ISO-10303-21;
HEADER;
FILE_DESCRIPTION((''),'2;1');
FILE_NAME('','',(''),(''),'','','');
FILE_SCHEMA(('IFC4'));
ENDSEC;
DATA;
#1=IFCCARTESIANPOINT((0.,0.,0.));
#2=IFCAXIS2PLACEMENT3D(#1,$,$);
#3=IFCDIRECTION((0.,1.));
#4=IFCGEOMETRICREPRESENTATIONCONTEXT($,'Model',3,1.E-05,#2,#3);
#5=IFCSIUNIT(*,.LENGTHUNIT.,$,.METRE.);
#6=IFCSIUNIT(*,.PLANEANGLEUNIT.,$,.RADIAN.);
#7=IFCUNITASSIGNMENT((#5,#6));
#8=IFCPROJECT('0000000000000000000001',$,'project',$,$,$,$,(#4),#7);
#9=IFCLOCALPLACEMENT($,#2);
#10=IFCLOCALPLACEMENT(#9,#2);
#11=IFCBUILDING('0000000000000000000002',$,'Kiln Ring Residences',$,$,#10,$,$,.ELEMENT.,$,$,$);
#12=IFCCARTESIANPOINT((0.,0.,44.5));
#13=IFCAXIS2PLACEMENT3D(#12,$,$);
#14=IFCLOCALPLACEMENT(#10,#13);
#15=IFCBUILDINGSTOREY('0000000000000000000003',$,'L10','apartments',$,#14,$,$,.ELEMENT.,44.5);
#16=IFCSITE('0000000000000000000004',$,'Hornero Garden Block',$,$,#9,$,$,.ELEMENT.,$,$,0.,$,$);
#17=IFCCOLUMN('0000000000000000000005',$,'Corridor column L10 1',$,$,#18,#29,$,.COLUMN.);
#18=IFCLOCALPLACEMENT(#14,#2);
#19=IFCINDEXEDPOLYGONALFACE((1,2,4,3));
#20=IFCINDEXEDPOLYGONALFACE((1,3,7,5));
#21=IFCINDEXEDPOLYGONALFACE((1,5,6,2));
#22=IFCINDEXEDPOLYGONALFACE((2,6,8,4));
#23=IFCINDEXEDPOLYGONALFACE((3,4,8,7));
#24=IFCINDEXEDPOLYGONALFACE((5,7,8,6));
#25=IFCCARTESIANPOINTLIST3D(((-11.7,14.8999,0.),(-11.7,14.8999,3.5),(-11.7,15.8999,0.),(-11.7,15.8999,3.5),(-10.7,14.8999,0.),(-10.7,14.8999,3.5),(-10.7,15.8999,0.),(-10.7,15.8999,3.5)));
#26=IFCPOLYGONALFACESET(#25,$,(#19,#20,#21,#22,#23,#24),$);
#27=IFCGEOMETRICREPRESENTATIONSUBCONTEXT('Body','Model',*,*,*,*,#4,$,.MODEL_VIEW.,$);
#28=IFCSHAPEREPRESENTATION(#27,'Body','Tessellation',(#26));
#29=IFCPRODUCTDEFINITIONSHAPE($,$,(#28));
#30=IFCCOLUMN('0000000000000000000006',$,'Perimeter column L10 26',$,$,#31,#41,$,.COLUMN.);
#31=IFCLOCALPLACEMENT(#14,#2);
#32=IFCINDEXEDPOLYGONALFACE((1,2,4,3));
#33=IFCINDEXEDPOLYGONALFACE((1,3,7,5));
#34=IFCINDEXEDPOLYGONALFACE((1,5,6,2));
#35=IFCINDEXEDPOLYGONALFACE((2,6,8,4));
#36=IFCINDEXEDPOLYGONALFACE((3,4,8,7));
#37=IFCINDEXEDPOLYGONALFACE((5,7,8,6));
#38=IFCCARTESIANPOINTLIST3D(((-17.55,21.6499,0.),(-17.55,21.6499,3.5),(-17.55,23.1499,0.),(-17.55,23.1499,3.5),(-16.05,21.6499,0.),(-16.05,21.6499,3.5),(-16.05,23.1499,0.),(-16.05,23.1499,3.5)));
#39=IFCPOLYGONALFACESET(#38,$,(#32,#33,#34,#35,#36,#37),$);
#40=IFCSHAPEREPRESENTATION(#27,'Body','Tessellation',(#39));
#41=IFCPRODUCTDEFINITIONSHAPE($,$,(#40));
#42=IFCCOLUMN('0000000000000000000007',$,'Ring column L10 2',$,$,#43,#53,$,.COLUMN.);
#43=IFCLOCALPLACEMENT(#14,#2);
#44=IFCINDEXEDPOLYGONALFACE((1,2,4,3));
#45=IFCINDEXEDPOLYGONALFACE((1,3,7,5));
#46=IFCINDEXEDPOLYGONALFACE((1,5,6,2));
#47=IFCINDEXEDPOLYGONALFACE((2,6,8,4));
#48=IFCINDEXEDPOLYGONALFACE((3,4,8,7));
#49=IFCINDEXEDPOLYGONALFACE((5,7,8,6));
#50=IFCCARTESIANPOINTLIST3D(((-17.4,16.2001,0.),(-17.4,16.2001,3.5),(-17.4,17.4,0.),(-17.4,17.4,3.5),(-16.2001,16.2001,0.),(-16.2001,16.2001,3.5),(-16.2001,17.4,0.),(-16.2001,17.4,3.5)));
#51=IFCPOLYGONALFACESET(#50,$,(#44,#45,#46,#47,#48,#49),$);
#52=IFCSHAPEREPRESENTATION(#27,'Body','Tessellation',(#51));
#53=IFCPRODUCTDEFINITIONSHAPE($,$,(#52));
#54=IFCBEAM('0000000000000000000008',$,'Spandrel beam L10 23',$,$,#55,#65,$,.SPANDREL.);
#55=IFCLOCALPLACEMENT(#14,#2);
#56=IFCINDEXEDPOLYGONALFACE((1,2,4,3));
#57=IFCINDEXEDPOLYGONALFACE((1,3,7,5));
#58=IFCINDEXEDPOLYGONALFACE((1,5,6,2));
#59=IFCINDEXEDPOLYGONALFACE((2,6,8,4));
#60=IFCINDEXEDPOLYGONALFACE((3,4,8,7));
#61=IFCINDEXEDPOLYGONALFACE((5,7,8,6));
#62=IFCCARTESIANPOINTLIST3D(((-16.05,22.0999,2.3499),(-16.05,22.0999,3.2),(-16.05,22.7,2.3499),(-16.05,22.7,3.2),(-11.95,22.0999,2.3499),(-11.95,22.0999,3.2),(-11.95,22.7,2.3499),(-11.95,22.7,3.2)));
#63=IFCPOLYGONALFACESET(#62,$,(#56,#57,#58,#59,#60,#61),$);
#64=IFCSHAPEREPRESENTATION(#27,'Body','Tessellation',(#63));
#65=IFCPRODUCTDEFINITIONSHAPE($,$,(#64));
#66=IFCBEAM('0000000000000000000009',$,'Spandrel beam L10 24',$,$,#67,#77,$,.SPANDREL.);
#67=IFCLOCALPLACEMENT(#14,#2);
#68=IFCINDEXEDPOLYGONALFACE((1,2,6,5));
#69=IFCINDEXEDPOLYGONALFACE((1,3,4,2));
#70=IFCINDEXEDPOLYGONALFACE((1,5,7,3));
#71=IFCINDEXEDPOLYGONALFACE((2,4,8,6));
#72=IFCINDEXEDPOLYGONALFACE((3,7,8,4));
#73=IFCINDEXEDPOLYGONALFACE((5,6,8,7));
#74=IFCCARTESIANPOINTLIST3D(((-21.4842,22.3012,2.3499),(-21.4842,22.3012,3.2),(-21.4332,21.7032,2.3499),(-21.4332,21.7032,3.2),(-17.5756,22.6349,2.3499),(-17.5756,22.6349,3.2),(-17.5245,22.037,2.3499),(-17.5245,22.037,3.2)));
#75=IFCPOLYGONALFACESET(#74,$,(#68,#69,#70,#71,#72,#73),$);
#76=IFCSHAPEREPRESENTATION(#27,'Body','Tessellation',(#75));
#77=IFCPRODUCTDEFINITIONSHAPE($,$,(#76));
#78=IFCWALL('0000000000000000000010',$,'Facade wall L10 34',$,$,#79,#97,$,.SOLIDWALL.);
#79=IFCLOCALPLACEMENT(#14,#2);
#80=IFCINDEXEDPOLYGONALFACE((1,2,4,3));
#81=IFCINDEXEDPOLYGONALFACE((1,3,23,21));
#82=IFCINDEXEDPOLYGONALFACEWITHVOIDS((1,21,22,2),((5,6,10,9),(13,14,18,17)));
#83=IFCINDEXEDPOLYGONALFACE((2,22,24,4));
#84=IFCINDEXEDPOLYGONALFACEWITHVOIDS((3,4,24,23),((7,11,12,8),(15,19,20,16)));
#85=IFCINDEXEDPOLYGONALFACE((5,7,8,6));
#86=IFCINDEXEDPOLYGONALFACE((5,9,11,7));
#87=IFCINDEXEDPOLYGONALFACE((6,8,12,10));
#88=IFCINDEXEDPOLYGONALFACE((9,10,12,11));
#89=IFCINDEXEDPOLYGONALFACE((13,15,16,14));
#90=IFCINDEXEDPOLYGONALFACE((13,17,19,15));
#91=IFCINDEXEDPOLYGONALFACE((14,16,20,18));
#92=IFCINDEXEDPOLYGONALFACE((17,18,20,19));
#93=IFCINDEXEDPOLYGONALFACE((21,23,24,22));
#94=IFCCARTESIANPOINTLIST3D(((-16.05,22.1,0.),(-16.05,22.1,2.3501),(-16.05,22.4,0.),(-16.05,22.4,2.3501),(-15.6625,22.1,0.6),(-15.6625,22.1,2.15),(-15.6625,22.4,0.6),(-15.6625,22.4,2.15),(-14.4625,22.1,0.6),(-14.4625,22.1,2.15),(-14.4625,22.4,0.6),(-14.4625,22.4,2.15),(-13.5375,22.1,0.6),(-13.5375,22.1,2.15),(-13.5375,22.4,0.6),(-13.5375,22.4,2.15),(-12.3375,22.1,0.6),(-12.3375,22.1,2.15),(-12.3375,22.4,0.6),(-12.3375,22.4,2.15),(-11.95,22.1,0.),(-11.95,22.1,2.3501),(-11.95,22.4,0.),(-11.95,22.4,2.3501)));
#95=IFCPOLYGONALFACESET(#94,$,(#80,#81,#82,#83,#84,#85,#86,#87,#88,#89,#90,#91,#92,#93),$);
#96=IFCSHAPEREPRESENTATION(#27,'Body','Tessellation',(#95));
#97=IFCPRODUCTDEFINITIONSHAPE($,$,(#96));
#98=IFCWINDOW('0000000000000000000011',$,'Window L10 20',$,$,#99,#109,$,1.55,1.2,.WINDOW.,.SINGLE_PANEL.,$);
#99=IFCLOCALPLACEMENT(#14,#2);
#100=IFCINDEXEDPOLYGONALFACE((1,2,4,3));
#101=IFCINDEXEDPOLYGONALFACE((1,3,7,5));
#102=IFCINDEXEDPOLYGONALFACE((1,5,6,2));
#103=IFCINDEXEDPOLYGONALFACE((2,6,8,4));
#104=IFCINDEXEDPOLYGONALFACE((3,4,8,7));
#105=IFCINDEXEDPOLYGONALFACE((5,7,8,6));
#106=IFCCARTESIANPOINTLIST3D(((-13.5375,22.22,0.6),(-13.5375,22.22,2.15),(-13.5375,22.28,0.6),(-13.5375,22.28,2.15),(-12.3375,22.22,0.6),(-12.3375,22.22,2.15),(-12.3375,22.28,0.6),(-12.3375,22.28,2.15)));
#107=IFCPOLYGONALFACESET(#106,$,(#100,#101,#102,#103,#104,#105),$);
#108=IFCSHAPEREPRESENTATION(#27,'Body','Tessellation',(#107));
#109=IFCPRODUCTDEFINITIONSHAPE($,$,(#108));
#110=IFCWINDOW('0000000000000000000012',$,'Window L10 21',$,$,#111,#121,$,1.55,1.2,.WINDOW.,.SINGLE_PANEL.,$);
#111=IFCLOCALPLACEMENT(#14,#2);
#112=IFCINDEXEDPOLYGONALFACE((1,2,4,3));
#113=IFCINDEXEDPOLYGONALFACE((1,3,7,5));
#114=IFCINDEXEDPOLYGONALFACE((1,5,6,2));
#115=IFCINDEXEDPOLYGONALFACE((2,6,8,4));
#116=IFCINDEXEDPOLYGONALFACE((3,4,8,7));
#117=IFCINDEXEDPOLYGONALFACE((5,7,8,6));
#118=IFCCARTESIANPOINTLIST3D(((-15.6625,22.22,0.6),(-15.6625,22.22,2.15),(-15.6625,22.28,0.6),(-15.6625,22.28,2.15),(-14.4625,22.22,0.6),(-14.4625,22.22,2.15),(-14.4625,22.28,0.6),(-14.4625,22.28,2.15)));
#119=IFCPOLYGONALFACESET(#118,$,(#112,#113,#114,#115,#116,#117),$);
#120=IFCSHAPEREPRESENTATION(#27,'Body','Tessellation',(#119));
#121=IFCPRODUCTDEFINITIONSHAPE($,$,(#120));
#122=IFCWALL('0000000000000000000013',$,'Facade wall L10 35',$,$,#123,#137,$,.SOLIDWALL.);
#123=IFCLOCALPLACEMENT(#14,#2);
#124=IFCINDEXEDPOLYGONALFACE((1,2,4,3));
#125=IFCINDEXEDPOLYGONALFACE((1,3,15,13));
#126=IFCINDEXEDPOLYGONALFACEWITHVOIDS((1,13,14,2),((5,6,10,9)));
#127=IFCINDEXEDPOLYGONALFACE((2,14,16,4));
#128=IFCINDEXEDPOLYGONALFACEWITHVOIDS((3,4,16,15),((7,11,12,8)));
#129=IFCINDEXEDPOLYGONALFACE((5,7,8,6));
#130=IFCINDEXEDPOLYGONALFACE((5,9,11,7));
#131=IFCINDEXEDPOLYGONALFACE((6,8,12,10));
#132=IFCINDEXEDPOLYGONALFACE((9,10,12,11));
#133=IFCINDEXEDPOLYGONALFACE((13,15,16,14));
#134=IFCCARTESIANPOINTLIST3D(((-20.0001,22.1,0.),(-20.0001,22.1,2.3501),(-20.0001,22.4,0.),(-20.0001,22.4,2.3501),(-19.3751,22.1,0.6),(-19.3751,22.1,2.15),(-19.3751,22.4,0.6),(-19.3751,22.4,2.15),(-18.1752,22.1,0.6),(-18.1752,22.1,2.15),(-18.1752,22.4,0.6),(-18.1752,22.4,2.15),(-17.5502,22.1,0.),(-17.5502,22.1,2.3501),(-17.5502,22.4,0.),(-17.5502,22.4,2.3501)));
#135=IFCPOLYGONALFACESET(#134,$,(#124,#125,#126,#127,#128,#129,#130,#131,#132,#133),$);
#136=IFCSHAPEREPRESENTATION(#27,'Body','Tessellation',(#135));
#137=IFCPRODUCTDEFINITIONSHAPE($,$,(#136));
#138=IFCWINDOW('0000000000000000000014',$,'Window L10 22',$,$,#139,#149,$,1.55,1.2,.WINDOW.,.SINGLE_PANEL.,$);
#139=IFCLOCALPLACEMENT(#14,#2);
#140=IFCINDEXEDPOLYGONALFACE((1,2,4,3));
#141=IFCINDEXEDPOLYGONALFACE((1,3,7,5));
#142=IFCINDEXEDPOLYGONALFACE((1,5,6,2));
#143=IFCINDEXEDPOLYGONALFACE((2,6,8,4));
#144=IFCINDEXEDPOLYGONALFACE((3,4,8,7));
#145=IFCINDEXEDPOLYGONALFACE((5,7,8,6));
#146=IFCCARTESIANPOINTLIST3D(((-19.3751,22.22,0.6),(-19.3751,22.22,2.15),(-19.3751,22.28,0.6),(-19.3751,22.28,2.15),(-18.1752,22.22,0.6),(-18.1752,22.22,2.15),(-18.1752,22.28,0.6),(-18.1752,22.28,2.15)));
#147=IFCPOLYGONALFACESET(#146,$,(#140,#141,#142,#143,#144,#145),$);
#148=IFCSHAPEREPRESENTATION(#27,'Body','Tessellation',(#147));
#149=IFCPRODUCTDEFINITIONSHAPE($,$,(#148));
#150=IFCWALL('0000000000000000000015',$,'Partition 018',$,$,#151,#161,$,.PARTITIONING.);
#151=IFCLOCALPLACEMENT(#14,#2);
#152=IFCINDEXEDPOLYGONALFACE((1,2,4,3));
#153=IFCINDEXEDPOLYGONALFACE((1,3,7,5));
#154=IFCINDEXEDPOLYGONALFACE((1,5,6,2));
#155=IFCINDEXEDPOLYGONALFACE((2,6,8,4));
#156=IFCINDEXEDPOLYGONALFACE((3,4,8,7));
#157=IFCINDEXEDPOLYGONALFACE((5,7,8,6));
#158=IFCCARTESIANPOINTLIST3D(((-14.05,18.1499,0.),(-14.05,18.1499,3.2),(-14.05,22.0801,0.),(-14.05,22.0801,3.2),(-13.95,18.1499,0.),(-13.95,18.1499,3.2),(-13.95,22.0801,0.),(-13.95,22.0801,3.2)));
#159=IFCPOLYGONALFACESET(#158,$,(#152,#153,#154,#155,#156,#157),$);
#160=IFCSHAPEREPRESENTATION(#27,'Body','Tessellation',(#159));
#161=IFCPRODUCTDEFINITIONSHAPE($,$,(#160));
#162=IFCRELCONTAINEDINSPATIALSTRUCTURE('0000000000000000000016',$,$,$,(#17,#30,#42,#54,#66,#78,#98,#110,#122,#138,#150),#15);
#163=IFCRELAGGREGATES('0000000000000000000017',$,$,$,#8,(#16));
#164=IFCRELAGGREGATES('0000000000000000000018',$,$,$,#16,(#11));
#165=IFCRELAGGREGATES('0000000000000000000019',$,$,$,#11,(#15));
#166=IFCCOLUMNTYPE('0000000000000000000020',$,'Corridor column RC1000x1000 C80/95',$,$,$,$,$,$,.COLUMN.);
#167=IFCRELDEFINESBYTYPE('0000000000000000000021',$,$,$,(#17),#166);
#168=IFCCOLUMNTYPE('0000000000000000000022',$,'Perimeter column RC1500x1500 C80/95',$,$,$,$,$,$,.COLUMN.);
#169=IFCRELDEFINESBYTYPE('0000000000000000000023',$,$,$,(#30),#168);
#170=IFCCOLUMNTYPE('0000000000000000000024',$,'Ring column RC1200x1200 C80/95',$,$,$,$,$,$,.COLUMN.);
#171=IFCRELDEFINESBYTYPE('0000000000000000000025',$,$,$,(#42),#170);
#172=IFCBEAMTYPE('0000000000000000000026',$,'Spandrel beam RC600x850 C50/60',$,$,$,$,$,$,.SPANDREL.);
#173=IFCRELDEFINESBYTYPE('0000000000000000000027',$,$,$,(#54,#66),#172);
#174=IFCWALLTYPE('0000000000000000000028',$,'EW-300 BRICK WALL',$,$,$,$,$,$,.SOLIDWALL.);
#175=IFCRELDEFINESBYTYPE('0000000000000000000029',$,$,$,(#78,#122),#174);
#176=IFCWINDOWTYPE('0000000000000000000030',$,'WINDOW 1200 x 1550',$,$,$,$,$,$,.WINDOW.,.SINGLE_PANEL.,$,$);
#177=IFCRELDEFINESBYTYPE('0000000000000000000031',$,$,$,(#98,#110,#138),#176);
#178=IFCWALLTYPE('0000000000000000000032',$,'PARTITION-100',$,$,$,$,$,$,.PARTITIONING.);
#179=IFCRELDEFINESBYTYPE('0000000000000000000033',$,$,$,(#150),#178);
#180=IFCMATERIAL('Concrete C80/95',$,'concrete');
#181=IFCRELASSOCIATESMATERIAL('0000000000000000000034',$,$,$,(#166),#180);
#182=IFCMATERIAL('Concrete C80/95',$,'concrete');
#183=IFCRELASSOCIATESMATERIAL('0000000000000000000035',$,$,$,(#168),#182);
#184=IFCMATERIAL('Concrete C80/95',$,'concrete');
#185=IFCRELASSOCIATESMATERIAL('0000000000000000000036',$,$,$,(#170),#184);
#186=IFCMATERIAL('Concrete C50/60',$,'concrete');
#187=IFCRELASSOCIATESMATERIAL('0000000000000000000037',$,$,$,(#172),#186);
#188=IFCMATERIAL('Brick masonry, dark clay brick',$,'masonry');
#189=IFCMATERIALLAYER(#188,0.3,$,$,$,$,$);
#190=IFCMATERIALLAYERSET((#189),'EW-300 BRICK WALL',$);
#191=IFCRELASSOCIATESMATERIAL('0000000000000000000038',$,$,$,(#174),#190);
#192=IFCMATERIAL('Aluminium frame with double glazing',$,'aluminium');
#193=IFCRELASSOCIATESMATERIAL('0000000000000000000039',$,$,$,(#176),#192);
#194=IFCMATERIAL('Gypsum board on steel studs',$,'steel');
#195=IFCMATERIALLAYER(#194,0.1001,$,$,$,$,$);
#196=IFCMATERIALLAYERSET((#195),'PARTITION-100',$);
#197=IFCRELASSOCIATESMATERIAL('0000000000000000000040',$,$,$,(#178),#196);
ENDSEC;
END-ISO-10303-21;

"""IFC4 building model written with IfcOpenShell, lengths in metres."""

from ifc_helpers import new_model, si_unit, direction, frame, frame_2d, origin, origin_2d, place, context, subcontext, project, spatial, rectangle, extrude, material, layer, layer_set, material_profile, profile_set, type_object, element, fill, save


model = new_model("IFC4")

# Units and contexts
model_context = context("Model", 3, precision=1e-05, world=origin(), true_north=direction((0.0, 1.0)))
body_context = subcontext(model_context, "Body", "Model", "MODEL_VIEW")
ifc_project = project(units=[si_unit("LENGTHUNIT", "METRE"), si_unit("PLANEANGLEUNIT", "RADIAN")], contexts=[model_context])

# Site, building, storey
site_placement = place(None, origin())
site = spatial("IfcSite", under=ifc_project, at=site_placement, Name="Hornero Garden Block", CompositionType="ELEMENT", RefElevation=0.0)
building_placement = place(site_placement, origin())
building = spatial("IfcBuilding", under=site, at=building_placement, Name="Kiln Ring Residences", CompositionType="ELEMENT")
storey_placement = place(building_placement, frame((0.0, 0.0, 44.5)))
storey = spatial("IfcBuildingStorey", under=building, at=storey_placement, Name="L10", Description="apartments", CompositionType="ELEMENT", Elevation=44.5)

# Columns
ifc_material_1 = material(Name="Concrete C80/95", Category="concrete")
ifc_material_profile_1 = material_profile(ifc_material_1, rectangle(XDim=1.0, YDim=1.0, at=origin_2d()), Name="RC1000x1000")
ifc_profile_set_1 = profile_set([ifc_material_profile_1], Name="Concrete C80/95")
column_type_1 = type_object("IfcColumnType", Name="Corridor column RC1000x1000 C80/95", PredefinedType="COLUMN", material=ifc_profile_set_1)
column_1_placement = place(storey_placement, frame((-11.2, 15.3999, 0.0), z_axis=(0.0, 0.0, 1.0), x_axis=(1.0, 0.0, 0.0)))
element("IfcColumn", 1, at=column_1_placement, inside=storey, type_object=column_type_1, Name="Corridor column L10 1", PredefinedType="COLUMN", context=body_context, shape_type="SweptSolid", body=[
    extrude(rectangle(XDim=1.0, YDim=1.0, at=origin_2d()), origin(), (0.0, 0.0, 1.0), 3.5),
])
ifc_material_2 = material(Name="Concrete C80/95", Category="concrete")
ifc_material_profile_2 = material_profile(ifc_material_2, rectangle(XDim=1.5, YDim=1.5, at=origin_2d()), Name="RC1500x1500")
ifc_profile_set_2 = profile_set([ifc_material_profile_2], Name="Concrete C80/95")
column_type_2 = type_object("IfcColumnType", Name="Perimeter column RC1500x1500 C80/95", PredefinedType="COLUMN", material=ifc_profile_set_2)
column_2_placement = place(storey_placement, frame((-16.8, 22.3999, 0.0), z_axis=(0.0, 0.0, 1.0), x_axis=(1.0, 0.0, 0.0)))
element("IfcColumn", 2, at=column_2_placement, inside=storey, type_object=column_type_2, Name="Perimeter column L10 26", PredefinedType="COLUMN", context=body_context, shape_type="SweptSolid", body=[
    extrude(rectangle(XDim=1.5, YDim=1.5, at=origin_2d()), origin(), (0.0, 0.0, 1.0), 3.5),
])
ifc_material_3 = material(Name="Concrete C80/95", Category="concrete")
ifc_material_profile_3 = material_profile(ifc_material_3, rectangle(XDim=1.2, YDim=1.2, at=origin_2d()), Name="RC1200x1200")
ifc_profile_set_3 = profile_set([ifc_material_profile_3], Name="Concrete C80/95")
column_type_3 = type_object("IfcColumnType", Name="Ring column RC1200x1200 C80/95", PredefinedType="COLUMN", material=ifc_profile_set_3)
column_3_placement = place(storey_placement, frame((-16.8, 16.8, 0.0), z_axis=(0.0, 0.0, 1.0), x_axis=(1.0, 0.0, 0.0)))
element("IfcColumn", 3, at=column_3_placement, inside=storey, type_object=column_type_3, Name="Ring column L10 2", PredefinedType="COLUMN", context=body_context, shape_type="SweptSolid", body=[
    extrude(rectangle(XDim=1.2, YDim=1.2, at=origin_2d()), origin(), (0.0, 0.0, 1.0), 3.5),
])

# Beams
ifc_material_4 = material(Name="Concrete C50/60", Category="concrete")
ifc_material_profile_4 = material_profile(ifc_material_4, rectangle(XDim=0.6001, YDim=0.8501, at=origin_2d()), Name="RC600x850")
ifc_profile_set_4 = profile_set([ifc_material_profile_4], Name="Concrete C50/60")
beam_type = type_object("IfcBeamType", Name="Spandrel beam RC600x850 C50/60", PredefinedType="SPANDREL", material=ifc_profile_set_4)
beam_1_placement = place(storey_placement, frame((-11.95, 22.3999, 2.7749), z_axis=(-1.0, 0.0, 0.0), x_axis=(0.0, -1.0, 0.0)))
element("IfcBeam", 4, at=beam_1_placement, inside=storey, type_object=beam_type, Name="Spandrel beam L10 23", PredefinedType="SPANDREL", context=body_context, shape_type="SweptSolid", body=[
    extrude(rectangle(XDim=0.6001, YDim=0.8501, at=origin_2d()), origin(), (0.0, 0.0, 1.0), 4.1001),
])
beam_2_placement = place(storey_placement, frame((-17.55, 22.3359, 2.7749), z_axis=(-0.996375, -0.085075, 0.0), x_axis=(0.085075, -0.996375, 0.0)))
element("IfcBeam", 5, at=beam_2_placement, inside=storey, type_object=beam_type, Name="Spandrel beam L10 24", PredefinedType="SPANDREL", context=body_context, shape_type="SweptSolid", body=[
    extrude(rectangle(XDim=0.6001, YDim=0.8501, at=origin_2d()), origin(), (0.0, 0.0, 1.0), 3.9229),
])

# Wall, openings, windows
ifc_material_5 = material(Name="Brick masonry, dark clay brick", Category="masonry")
ifc_layer_1 = layer(ifc_material_5, 0.3)
ifc_layer_set_1 = layer_set([ifc_layer_1], Name="EW-300 BRICK WALL")
wall_type_1 = type_object("IfcWallType", Name="EW-300 BRICK WALL", PredefinedType="SOLIDWALL", material=ifc_layer_set_1)
wall_1_placement = place(storey_placement, frame((-11.95, 22.25, 0.0), z_axis=(0.0, 0.0, 1.0), x_axis=(-1.0, 0.0, 0.0)))
wall_1 = element("IfcWall", 6, at=wall_1_placement, inside=storey, type_object=wall_type_1, Name="Facade wall L10 34", PredefinedType="SOLIDWALL", context=body_context, shape_type="SweptSolid", body=[
    extrude(rectangle(XDim=4.1001, YDim=0.3, at=frame_2d((2.05, 0.0))), origin(), (0.0, 0.0, 1.0), 2.3501),
])
opening_1_placement = place(wall_1_placement, frame((0.3875, 0.0, 0.6001)))
opening_1 = element("IfcOpeningElement", 7, at=opening_1_placement, cuts=wall_1, PredefinedType="OPENING", context=body_context, shape_type="SweptSolid", body=[
    extrude(rectangle(XDim=1.2, YDim=1.55, at=frame_2d((0.6001, 0.7749))), frame((0.0, 0.1599, 0.0), z_axis=(0.0, -1.0, 0.0), x_axis=(1.0, 0.0, 0.0)), (0.0, 0.0, 1.0), 0.3201),
])
opening_2_placement = place(wall_1_placement, frame((2.5125, 0.0, 0.6001)))
opening_2 = element("IfcOpeningElement", 8, at=opening_2_placement, cuts=wall_1, PredefinedType="OPENING", context=body_context, shape_type="SweptSolid", body=[
    extrude(rectangle(XDim=1.2, YDim=1.55, at=frame_2d((0.6001, 0.7749))), frame((0.0, 0.1599, 0.0), z_axis=(0.0, -1.0, 0.0), x_axis=(1.0, 0.0, 0.0)), (0.0, 0.0, 1.0), 0.3201),
])
ifc_material_6 = material(Name="Aluminium frame with double glazing", Category="aluminium")
window_type = type_object("IfcWindowType", Name="WINDOW 1200 x 1550", PartitioningType="SINGLE_PANEL", PredefinedType="WINDOW", material=ifc_material_6)
window_1_placement = place(opening_1_placement, origin())
window_1 = element("IfcWindow", 9, at=window_1_placement, inside=storey, type_object=window_type, Name="Window L10 20", OverallHeight=1.55, OverallWidth=1.2, PartitioningType="SINGLE_PANEL", PredefinedType="WINDOW", context=body_context, shape_type="SweptSolid", body=[
    extrude(rectangle(XDim=1.2, YDim=1.55, at=frame_2d((0.6001, 0.7749))), frame((0.0, 0.03, 0.0), z_axis=(0.0, -1.0, 0.0), x_axis=(1.0, 0.0, 0.0)), (0.0, 0.0, 1.0), 0.0601),
])
fill(opening_1, window_1)
window_2_placement = place(opening_2_placement, origin())
window_2 = element("IfcWindow", 10, at=window_2_placement, inside=storey, type_object=window_type, Name="Window L10 21", OverallHeight=1.55, OverallWidth=1.2, PartitioningType="SINGLE_PANEL", PredefinedType="WINDOW", context=body_context, shape_type="SweptSolid", body=[
    extrude(rectangle(XDim=1.2, YDim=1.55, at=frame_2d((0.6001, 0.7749))), frame((0.0, 0.03, 0.0), z_axis=(0.0, -1.0, 0.0), x_axis=(1.0, 0.0, 0.0)), (0.0, 0.0, 1.0), 0.0601),
])
fill(opening_2, window_2)

# Wall, opening, window
wall_2_placement = place(storey_placement, frame((-17.55, 22.25, 0.0), z_axis=(0.0, 0.0, 1.0), x_axis=(-1.0, 0.0, 0.0)))
wall_2 = element("IfcWall", 11, at=wall_2_placement, inside=storey, type_object=wall_type_1, Name="Facade wall L10 35", PredefinedType="SOLIDWALL", context=body_context, shape_type="SweptSolid", body=[
    extrude(rectangle(XDim=2.45, YDim=0.3, at=frame_2d((1.2251, 0.0))), origin(), (0.0, 0.0, 1.0), 2.3501),
])
opening_3_placement = place(wall_2_placement, frame((0.625, 0.0, 0.6001)))
opening_3 = element("IfcOpeningElement", 12, at=opening_3_placement, cuts=wall_2, PredefinedType="OPENING", context=body_context, shape_type="SweptSolid", body=[
    extrude(rectangle(XDim=1.2, YDim=1.55, at=frame_2d((0.6001, 0.7749))), frame((0.0, 0.1599, 0.0), z_axis=(0.0, -1.0, 0.0), x_axis=(1.0, 0.0, 0.0)), (0.0, 0.0, 1.0), 0.3201),
])
window_3_placement = place(opening_3_placement, origin())
window_3 = element("IfcWindow", 13, at=window_3_placement, inside=storey, type_object=window_type, Name="Window L10 22", OverallHeight=1.55, OverallWidth=1.2, PartitioningType="SINGLE_PANEL", PredefinedType="WINDOW", context=body_context, shape_type="SweptSolid", body=[
    extrude(rectangle(XDim=1.2, YDim=1.55, at=frame_2d((0.6001, 0.7749))), frame((0.0, 0.03, 0.0), z_axis=(0.0, -1.0, 0.0), x_axis=(1.0, 0.0, 0.0)), (0.0, 0.0, 1.0), 0.0601),
])
fill(opening_3, window_3)

# Wall
ifc_material_7 = material(Name="Gypsum board on steel studs", Category="steel")
ifc_layer_2 = layer(ifc_material_7, 0.1001)
ifc_layer_set_2 = layer_set([ifc_layer_2], Name="PARTITION-100")
wall_type_2 = type_object("IfcWallType", Name="PARTITION-100", PredefinedType="PARTITIONING", material=ifc_layer_set_2)
wall_3_placement = place(storey_placement, frame((-14.0, 18.1499, 0.0), z_axis=(0.0, 0.0, 1.0), x_axis=(0.0, 1.0, 0.0)))
element("IfcWall", 14, at=wall_3_placement, inside=storey, type_object=wall_type_2, Name="Partition 018", PredefinedType="PARTITIONING", context=body_context, shape_type="SweptSolid", body=[
    extrude(rectangle(XDim=3.9302, YDim=0.1001, at=frame_2d((1.9651, 0.0))), origin(), (0.0, 0.0, 1.0), 3.2),
])

save(model, "model.ifc")
